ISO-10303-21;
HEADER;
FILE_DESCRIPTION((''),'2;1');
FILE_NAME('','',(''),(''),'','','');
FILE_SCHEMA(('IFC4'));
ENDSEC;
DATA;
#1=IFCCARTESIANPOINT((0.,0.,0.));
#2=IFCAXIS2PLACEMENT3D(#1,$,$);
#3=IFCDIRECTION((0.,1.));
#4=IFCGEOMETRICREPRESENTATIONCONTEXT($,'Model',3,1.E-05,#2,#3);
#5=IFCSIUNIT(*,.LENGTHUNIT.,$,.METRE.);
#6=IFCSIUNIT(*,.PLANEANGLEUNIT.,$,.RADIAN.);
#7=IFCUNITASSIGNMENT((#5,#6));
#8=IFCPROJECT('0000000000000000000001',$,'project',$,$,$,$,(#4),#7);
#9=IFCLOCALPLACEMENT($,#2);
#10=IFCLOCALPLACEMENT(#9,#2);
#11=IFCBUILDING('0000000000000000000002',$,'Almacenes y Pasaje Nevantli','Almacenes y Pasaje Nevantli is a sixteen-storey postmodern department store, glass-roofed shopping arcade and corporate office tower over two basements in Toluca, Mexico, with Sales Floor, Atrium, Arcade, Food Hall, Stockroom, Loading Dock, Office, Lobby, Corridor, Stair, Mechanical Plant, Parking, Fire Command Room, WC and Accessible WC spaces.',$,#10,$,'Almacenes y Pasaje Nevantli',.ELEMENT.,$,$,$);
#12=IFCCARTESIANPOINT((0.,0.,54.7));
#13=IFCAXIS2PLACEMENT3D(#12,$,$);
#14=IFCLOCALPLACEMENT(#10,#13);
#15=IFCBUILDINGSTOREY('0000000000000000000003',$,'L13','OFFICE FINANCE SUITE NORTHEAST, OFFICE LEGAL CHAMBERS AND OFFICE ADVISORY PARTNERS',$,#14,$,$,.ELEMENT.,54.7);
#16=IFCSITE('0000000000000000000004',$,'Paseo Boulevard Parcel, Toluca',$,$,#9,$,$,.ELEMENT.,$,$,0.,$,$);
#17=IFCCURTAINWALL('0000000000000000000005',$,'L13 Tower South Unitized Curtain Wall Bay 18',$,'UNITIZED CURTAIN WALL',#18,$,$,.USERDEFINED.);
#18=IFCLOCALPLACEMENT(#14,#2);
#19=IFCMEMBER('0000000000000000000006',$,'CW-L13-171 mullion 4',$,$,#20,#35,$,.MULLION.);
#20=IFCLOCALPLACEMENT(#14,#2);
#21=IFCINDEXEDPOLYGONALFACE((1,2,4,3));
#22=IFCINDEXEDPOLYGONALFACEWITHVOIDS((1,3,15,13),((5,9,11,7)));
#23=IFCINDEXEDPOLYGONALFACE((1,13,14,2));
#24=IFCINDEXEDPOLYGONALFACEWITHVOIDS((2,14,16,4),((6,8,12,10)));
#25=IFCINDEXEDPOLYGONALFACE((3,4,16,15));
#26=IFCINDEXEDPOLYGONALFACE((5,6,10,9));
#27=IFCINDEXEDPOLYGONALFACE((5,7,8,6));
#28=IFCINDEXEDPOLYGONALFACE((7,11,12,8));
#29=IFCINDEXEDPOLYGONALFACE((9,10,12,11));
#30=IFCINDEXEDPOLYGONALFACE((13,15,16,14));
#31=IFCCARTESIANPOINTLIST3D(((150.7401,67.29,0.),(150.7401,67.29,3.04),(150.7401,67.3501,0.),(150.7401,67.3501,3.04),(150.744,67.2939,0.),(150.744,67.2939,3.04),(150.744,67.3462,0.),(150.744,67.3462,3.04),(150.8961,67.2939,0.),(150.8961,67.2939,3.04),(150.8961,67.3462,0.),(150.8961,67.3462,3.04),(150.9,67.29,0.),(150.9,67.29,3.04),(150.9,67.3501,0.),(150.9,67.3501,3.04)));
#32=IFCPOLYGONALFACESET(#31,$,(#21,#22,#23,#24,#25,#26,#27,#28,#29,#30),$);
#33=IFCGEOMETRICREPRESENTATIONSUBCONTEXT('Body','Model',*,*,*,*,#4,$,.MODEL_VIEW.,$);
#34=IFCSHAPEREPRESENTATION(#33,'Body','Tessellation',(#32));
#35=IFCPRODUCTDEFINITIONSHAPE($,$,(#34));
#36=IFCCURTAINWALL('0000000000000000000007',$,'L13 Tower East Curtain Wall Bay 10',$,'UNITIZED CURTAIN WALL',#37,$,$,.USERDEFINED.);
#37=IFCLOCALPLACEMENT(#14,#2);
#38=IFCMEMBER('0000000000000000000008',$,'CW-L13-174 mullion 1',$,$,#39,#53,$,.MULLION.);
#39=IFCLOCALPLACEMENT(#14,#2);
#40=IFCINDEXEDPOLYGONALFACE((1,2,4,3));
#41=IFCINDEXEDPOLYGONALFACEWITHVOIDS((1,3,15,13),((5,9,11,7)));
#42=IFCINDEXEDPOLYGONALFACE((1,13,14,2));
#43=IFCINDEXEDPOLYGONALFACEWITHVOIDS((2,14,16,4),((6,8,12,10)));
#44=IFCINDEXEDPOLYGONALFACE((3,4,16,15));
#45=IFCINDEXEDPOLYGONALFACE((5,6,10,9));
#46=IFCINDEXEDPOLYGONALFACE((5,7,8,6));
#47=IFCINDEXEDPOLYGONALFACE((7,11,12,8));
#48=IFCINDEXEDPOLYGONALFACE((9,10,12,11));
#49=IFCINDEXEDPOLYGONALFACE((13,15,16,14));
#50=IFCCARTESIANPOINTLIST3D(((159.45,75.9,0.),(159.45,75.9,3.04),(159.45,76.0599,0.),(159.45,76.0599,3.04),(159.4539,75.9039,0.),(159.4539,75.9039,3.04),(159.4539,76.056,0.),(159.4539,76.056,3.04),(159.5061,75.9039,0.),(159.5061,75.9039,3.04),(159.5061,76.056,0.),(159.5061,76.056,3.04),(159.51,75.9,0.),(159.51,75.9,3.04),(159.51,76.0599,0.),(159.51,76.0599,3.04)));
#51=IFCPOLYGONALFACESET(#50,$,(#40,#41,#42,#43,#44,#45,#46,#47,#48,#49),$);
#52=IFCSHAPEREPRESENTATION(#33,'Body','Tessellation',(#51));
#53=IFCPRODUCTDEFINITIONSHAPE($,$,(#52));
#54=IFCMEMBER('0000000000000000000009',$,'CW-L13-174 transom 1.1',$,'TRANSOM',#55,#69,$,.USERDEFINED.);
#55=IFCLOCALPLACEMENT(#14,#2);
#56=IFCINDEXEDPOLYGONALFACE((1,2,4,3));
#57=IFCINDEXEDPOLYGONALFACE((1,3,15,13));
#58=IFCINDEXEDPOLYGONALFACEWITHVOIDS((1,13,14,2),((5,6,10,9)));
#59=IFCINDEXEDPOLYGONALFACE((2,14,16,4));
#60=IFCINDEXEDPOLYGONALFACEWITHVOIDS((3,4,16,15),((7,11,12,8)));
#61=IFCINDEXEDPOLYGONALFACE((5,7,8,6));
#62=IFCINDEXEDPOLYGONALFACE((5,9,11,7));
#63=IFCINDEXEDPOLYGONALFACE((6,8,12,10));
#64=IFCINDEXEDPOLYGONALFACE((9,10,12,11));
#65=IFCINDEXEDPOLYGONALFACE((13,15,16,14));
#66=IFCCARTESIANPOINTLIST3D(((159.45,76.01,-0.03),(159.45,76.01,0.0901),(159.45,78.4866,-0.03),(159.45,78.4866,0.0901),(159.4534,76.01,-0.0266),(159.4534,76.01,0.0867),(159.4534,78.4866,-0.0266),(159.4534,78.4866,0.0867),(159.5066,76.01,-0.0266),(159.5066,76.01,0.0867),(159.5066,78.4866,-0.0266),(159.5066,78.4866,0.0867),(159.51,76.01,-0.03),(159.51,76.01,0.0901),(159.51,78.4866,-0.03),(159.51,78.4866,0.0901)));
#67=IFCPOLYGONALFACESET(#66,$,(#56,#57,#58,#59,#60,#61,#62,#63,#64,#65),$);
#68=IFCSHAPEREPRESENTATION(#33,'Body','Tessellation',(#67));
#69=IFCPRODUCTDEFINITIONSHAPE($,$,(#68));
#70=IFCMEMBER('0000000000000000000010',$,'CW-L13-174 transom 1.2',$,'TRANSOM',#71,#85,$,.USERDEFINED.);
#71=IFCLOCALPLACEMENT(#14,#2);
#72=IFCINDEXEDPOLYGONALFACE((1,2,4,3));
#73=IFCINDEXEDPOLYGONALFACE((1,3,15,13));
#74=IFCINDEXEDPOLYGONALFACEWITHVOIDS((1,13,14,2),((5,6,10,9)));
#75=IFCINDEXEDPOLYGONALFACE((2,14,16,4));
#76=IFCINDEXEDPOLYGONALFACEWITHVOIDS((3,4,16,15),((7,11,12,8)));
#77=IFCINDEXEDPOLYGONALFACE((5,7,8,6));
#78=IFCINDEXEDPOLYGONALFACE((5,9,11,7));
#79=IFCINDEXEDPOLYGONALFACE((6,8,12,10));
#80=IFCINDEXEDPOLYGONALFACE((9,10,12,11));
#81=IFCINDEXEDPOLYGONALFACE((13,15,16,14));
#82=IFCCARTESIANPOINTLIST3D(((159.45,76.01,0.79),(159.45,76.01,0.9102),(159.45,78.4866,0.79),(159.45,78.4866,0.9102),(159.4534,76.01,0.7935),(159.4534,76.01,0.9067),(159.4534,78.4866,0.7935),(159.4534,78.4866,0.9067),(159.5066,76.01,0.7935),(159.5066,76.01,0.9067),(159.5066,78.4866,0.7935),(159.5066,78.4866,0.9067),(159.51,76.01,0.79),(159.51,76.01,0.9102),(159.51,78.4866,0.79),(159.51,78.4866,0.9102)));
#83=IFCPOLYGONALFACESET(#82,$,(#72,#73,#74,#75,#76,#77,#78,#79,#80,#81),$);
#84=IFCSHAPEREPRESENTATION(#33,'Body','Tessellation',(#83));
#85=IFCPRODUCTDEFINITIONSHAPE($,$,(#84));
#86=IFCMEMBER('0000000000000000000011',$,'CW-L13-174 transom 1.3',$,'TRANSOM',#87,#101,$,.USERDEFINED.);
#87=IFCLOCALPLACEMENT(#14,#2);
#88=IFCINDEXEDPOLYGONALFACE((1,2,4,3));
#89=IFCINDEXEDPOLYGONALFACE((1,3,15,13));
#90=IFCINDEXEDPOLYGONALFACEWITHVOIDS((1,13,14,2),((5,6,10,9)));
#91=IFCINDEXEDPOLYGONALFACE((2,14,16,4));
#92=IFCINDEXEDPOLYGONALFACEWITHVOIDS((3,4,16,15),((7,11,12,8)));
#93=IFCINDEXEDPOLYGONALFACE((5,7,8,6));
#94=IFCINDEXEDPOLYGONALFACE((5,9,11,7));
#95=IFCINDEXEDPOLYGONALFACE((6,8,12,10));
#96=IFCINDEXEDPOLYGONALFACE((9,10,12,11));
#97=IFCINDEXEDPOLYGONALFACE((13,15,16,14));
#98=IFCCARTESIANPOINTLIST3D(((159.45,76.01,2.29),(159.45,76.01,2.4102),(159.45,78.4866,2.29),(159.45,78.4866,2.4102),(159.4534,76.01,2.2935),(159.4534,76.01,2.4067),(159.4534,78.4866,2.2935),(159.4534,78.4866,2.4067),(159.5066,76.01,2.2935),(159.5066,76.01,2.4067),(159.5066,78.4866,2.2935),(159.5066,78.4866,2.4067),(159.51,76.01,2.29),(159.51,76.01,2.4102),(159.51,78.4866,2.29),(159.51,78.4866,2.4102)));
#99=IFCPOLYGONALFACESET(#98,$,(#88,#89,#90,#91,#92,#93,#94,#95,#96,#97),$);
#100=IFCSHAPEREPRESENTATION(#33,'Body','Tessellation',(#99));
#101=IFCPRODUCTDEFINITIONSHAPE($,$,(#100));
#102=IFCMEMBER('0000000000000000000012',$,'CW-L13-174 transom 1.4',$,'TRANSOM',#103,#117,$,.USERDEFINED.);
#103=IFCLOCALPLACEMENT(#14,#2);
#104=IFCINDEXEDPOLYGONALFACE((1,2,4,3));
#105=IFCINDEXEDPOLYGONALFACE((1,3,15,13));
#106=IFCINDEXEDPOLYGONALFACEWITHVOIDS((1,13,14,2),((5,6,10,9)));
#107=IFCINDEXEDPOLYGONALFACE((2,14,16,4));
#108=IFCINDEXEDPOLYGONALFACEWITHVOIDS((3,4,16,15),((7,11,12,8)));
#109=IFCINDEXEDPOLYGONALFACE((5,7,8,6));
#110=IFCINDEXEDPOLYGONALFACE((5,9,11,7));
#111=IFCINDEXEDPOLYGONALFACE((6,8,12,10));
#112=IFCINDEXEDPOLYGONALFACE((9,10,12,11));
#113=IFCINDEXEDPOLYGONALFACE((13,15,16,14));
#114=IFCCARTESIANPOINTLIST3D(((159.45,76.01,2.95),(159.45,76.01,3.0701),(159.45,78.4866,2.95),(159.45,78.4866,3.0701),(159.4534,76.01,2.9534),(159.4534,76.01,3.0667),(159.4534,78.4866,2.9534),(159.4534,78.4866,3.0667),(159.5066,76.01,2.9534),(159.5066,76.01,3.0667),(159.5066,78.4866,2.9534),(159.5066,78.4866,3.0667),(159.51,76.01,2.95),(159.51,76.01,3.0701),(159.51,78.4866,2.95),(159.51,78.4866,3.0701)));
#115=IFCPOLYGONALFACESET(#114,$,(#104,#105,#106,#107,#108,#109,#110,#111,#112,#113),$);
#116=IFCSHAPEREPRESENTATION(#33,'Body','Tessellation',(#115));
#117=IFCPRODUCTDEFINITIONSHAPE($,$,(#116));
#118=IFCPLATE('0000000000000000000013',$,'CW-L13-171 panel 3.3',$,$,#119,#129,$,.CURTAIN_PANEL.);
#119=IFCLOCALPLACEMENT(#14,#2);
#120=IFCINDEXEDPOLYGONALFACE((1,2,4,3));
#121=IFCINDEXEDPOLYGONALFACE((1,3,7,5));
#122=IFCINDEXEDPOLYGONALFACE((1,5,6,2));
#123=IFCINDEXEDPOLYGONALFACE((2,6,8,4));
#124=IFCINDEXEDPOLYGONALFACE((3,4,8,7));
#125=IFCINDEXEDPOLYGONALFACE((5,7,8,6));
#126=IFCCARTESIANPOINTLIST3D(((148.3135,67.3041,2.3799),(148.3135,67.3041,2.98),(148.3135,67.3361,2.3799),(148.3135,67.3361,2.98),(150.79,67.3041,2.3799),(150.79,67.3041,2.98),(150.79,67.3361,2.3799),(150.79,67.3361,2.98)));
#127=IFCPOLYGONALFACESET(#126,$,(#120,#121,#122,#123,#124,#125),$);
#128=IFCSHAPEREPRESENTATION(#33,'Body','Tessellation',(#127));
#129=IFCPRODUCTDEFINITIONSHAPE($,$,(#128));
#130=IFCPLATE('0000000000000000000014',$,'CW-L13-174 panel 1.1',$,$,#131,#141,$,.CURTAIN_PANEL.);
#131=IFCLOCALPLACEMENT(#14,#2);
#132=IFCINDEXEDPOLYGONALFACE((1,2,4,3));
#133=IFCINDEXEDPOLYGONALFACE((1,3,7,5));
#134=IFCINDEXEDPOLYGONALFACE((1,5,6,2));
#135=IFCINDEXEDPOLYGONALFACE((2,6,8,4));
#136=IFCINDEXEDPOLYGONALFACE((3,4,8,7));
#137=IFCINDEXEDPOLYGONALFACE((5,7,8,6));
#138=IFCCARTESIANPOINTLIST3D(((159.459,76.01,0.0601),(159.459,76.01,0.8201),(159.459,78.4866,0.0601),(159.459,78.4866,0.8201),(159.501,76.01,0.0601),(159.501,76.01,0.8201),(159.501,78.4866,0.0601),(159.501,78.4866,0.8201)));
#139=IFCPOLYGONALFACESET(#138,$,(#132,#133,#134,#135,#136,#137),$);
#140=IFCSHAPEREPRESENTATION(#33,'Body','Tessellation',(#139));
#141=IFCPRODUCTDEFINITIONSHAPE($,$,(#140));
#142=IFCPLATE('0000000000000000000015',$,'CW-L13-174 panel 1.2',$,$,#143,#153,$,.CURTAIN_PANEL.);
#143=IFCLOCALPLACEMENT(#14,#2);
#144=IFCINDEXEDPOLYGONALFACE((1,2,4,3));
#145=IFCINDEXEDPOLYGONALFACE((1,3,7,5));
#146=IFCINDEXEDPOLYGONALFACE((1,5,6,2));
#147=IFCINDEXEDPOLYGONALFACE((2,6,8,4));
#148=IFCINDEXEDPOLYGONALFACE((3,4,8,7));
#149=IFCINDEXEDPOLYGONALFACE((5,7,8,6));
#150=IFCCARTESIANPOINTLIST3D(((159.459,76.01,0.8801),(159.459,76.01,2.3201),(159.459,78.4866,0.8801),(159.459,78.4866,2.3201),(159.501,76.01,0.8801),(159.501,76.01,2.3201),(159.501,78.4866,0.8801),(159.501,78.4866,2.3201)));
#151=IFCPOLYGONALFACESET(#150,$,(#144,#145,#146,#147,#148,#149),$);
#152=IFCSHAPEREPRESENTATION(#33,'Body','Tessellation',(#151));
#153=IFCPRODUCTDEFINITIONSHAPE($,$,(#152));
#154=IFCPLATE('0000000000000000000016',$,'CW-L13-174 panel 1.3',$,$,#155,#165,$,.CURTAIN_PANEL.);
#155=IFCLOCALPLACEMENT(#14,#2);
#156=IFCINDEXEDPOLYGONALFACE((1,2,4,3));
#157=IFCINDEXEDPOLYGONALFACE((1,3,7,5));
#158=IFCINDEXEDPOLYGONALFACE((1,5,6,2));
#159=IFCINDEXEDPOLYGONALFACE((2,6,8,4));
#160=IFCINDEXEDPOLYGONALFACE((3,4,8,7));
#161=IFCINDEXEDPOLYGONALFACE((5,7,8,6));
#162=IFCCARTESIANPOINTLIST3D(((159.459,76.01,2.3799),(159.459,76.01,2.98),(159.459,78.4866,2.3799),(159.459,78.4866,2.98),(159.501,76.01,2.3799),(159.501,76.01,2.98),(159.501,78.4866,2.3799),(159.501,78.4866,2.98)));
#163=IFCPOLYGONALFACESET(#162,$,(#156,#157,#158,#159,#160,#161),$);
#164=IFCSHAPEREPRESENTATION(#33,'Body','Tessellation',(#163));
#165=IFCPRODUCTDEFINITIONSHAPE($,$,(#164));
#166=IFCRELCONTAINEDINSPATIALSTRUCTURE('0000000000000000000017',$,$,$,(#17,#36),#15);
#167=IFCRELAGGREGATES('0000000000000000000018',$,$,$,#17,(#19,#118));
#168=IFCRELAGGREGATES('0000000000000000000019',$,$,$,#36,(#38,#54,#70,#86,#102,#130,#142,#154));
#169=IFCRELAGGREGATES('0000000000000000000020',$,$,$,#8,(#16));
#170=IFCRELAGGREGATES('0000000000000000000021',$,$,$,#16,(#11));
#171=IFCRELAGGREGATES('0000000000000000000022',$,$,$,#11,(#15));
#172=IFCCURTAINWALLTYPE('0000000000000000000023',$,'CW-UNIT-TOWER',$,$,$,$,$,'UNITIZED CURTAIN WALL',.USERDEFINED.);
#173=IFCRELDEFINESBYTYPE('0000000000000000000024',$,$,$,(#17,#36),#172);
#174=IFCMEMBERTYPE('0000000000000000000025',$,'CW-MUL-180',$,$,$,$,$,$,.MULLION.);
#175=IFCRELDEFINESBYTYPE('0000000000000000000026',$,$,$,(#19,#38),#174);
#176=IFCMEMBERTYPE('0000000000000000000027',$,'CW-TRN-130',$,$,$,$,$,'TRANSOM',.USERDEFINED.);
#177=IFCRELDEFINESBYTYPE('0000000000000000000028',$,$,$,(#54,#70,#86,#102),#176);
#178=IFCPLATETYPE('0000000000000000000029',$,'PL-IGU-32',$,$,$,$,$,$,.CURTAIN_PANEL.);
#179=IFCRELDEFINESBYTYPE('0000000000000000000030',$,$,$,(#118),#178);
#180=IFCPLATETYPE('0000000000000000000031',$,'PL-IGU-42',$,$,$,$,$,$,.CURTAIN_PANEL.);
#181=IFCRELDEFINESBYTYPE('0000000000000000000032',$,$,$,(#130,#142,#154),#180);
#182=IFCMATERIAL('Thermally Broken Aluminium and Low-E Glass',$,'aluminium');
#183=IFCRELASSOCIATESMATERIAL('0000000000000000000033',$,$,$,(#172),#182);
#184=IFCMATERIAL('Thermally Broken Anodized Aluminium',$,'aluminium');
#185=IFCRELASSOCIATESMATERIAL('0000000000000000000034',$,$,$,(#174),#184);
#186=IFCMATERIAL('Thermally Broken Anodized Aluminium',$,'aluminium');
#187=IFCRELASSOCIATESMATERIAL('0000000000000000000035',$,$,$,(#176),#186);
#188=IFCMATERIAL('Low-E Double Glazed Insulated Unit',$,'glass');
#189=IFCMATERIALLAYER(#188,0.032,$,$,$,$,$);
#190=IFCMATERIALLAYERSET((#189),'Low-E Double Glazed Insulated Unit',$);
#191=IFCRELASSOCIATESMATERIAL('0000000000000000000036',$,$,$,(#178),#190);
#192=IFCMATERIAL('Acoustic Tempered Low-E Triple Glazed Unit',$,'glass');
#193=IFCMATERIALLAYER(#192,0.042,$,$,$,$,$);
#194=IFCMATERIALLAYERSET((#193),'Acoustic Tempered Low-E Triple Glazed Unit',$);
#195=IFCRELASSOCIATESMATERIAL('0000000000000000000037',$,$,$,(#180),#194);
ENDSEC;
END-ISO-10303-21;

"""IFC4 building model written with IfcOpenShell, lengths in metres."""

from ifc_helpers import new_model, si_unit, direction, frame, origin, origin_2d, place, context, subcontext, project, spatial, rectangle, hollow_rectangle, extrude, material, layer, layer_set, material_profile, profile_set, type_object, element, aggregate, save


model = new_model("IFC4")

# Units and contexts
model_context = context("Model", 3, precision=1e-05, world=origin(), true_north=direction((0.0, 1.0)))
body_context = subcontext(model_context, "Body", "Model", "MODEL_VIEW")
ifc_project = project(units=[si_unit("LENGTHUNIT", "METRE"), si_unit("PLANEANGLEUNIT", "RADIAN")], contexts=[model_context])

# Site, building, storey
site_placement = place(None, origin())
site = spatial("IfcSite", under=ifc_project, at=site_placement, Name="Paseo Boulevard Parcel, Toluca", CompositionType="ELEMENT", RefElevation=0.0)
building_placement = place(site_placement, origin())
building = spatial("IfcBuilding", under=site, at=building_placement, Name="Almacenes y Pasaje Nevantli", Description="Almacenes y Pasaje Nevantli is a sixteen-storey postmodern department store, glass-roofed shopping arcade and corporate office tower over two basements in Toluca, Mexico, with Sales Floor, Atrium, Arcade, Food Hall, Stockroom, Loading Dock, Office, Lobby, Corridor, Stair, Mechanical Plant, Parking, Fire Command Room, WC and Accessible WC spaces.", LongName="Almacenes y Pasaje Nevantli", CompositionType="ELEMENT")
storey_placement = place(building_placement, frame((0.0, 0.0, 54.7)))
storey = spatial("IfcBuildingStorey", under=building, at=storey_placement, Name="L13", Description="OFFICE FINANCE SUITE NORTHEAST, OFFICE LEGAL CHAMBERS AND OFFICE ADVISORY PARTNERS", CompositionType="ELEMENT", Elevation=54.7)

# Curtain wall, member
ifc_material_1 = material(Name="Thermally Broken Aluminium and Low-E Glass", Category="aluminium")
curtain_wall_type = type_object("IfcCurtainWallType", Name="CW-UNIT-TOWER", ElementType="UNITIZED CURTAIN WALL", PredefinedType="USERDEFINED", material=ifc_material_1)
curtain_wall_1_placement = place(storey_placement, origin())
curtain_wall_1 = element("IfcCurtainWall", 1, at=curtain_wall_1_placement, inside=storey, type_object=curtain_wall_type, Name="L13 Tower South Unitized Curtain Wall Bay 18", ObjectType="UNITIZED CURTAIN WALL", PredefinedType="USERDEFINED")
ifc_material_2 = material(Name="Thermally Broken Anodized Aluminium", Category="aluminium")
ifc_material_profile_1 = material_profile(ifc_material_2, hollow_rectangle(XDim=0.0601, YDim=0.1599, WallThickness=0.0039, at=origin_2d()), Name="ALU-MUL-60x160")
ifc_profile_set_1 = profile_set([ifc_material_profile_1], Name="Thermally Broken Anodized Aluminium")
member_type_1 = type_object("IfcMemberType", Name="CW-MUL-180", PredefinedType="MULLION", material=ifc_profile_set_1)
member_1_placement = place(storey_placement, frame((150.8201, 67.3201, 0.0), z_axis=(0.0, 0.0, 1.0), x_axis=(0.0, 1.0, 0.0)))
member_1 = element("IfcMember", 2, at=member_1_placement, type_object=member_type_1, Name="CW-L13-171 mullion 4", PredefinedType="MULLION", context=body_context, shape_type="SweptSolid", body=[
    extrude(hollow_rectangle(XDim=0.0601, YDim=0.1599, WallThickness=0.0039, at=origin_2d()), origin(), (0.0, 0.0, 1.0), 3.04),
])

# Curtain wall, members
curtain_wall_2_placement = place(storey_placement, origin())
curtain_wall_2 = element("IfcCurtainWall", 3, at=curtain_wall_2_placement, inside=storey, type_object=curtain_wall_type, Name="L13 Tower East Curtain Wall Bay 10", ObjectType="UNITIZED CURTAIN WALL", PredefinedType="USERDEFINED")
member_2_placement = place(storey_placement, frame((159.48, 75.98, 0.0), z_axis=(0.0, 0.0, 1.0), x_axis=(-1.0, 0.0, 0.0)))
member_2 = element("IfcMember", 4, at=member_2_placement, type_object=member_type_1, Name="CW-L13-174 mullion 1", PredefinedType="MULLION", context=body_context, shape_type="SweptSolid", body=[
    extrude(hollow_rectangle(XDim=0.0601, YDim=0.1599, WallThickness=0.0039, at=origin_2d()), origin(), (0.0, 0.0, 1.0), 3.04),
])
ifc_material_3 = material(Name="Thermally Broken Anodized Aluminium", Category="aluminium")
ifc_material_profile_2 = material_profile(ifc_material_3, hollow_rectangle(XDim=0.0601, YDim=0.1201, WallThickness=0.0034, at=origin_2d()), Name="ALU-TRN-60x120")
ifc_profile_set_2 = profile_set([ifc_material_profile_2], Name="Thermally Broken Anodized Aluminium")
member_type_2 = type_object("IfcMemberType", Name="CW-TRN-130", ElementType="TRANSOM", PredefinedType="USERDEFINED", material=ifc_profile_set_2)
member_3_placement = place(storey_placement, frame((159.48, 76.01, 0.03), z_axis=(0.0, 1.0, 0.0), x_axis=(-1.0, 0.0, 0.0)))
member_3 = element("IfcMember", 5, at=member_3_placement, type_object=member_type_2, Name="CW-L13-174 transom 1.1", ObjectType="TRANSOM", PredefinedType="USERDEFINED", context=body_context, shape_type="SweptSolid", body=[
    extrude(hollow_rectangle(XDim=0.0601, YDim=0.1201, WallThickness=0.0034, at=origin_2d()), origin(), (0.0, 0.0, 1.0), 2.4766),
])
member_4_placement = place(storey_placement, frame((159.48, 76.01, 0.8501), z_axis=(0.0, 1.0, 0.0), x_axis=(-1.0, 0.0, 0.0)))
member_4 = element("IfcMember", 6, at=member_4_placement, type_object=member_type_2, Name="CW-L13-174 transom 1.2", ObjectType="TRANSOM", PredefinedType="USERDEFINED", context=body_context, shape_type="SweptSolid", body=[
    extrude(hollow_rectangle(XDim=0.0601, YDim=0.1201, WallThickness=0.0034, at=origin_2d()), origin(), (0.0, 0.0, 1.0), 2.4766),
])
member_5_placement = place(storey_placement, frame((159.48, 76.01, 2.3501), z_axis=(0.0, 1.0, 0.0), x_axis=(-1.0, 0.0, 0.0)))
member_5 = element("IfcMember", 7, at=member_5_placement, type_object=member_type_2, Name="CW-L13-174 transom 1.3", ObjectType="TRANSOM", PredefinedType="USERDEFINED", context=body_context, shape_type="SweptSolid", body=[
    extrude(hollow_rectangle(XDim=0.0601, YDim=0.1201, WallThickness=0.0034, at=origin_2d()), origin(), (0.0, 0.0, 1.0), 2.4766),
])
member_6_placement = place(storey_placement, frame((159.48, 76.01, 3.01), z_axis=(0.0, 1.0, 0.0), x_axis=(-1.0, 0.0, 0.0)))
member_6 = element("IfcMember", 8, at=member_6_placement, type_object=member_type_2, Name="CW-L13-174 transom 1.4", ObjectType="TRANSOM", PredefinedType="USERDEFINED", context=body_context, shape_type="SweptSolid", body=[
    extrude(hollow_rectangle(XDim=0.0601, YDim=0.1201, WallThickness=0.0034, at=origin_2d()), origin(), (0.0, 0.0, 1.0), 2.4766),
])

# Plates
ifc_material_4 = material(Name="Low-E Double Glazed Insulated Unit", Category="glass")
ifc_layer_1 = layer(ifc_material_4, 0.032)
ifc_layer_set_1 = layer_set([ifc_layer_1], Name="Low-E Double Glazed Insulated Unit")
plate_type_1 = type_object("IfcPlateType", Name="PL-IGU-32", PredefinedType="CURTAIN_PANEL", material=ifc_layer_set_1)
plate_1_placement = place(storey_placement, frame((149.5518, 67.3201, 2.3799), z_axis=(0.0, 0.0, 1.0), x_axis=(1.0, 0.0, 0.0)))
plate_1 = element("IfcPlate", 9, at=plate_1_placement, type_object=plate_type_1, Name="CW-L13-171 panel 3.3", PredefinedType="CURTAIN_PANEL", context=body_context, shape_type="SweptSolid", body=[
    extrude(rectangle(XDim=2.4766, YDim=0.032, at=origin_2d()), origin(), (0.0, 0.0, 1.0), 0.6001),
])
aggregate(curtain_wall_1, [member_1, plate_1])
ifc_material_5 = material(Name="Acoustic Tempered Low-E Triple Glazed Unit", Category="glass")
ifc_layer_2 = layer(ifc_material_5, 0.042)
ifc_layer_set_2 = layer_set([ifc_layer_2], Name="Acoustic Tempered Low-E Triple Glazed Unit")
plate_type_2 = type_object("IfcPlateType", Name="PL-IGU-42", PredefinedType="CURTAIN_PANEL", material=ifc_layer_set_2)
plate_2_placement = place(storey_placement, frame((159.48, 77.2483, 0.0601), z_axis=(0.0, 0.0, 1.0), x_axis=(0.0, 1.0, 0.0)))
plate_2 = element("IfcPlate", 10, at=plate_2_placement, type_object=plate_type_2, Name="CW-L13-174 panel 1.1", PredefinedType="CURTAIN_PANEL", context=body_context, shape_type="SweptSolid", body=[
    extrude(rectangle(XDim=2.4766, YDim=0.042, at=origin_2d()), origin(), (0.0, 0.0, 1.0), 0.76),
])
plate_3_placement = place(storey_placement, frame((159.48, 77.2483, 0.8801), z_axis=(0.0, 0.0, 1.0), x_axis=(0.0, 1.0, 0.0)))
plate_3 = element("IfcPlate", 11, at=plate_3_placement, type_object=plate_type_2, Name="CW-L13-174 panel 1.2", PredefinedType="CURTAIN_PANEL", context=body_context, shape_type="SweptSolid", body=[
    extrude(rectangle(XDim=2.4766, YDim=0.042, at=origin_2d()), origin(), (0.0, 0.0, 1.0), 1.4399),
])
plate_4_placement = place(storey_placement, frame((159.48, 77.2483, 2.3799), z_axis=(0.0, 0.0, 1.0), x_axis=(0.0, 1.0, 0.0)))
plate_4 = element("IfcPlate", 12, at=plate_4_placement, type_object=plate_type_2, Name="CW-L13-174 panel 1.3", PredefinedType="CURTAIN_PANEL", context=body_context, shape_type="SweptSolid", body=[
    extrude(rectangle(XDim=2.4766, YDim=0.042, at=origin_2d()), origin(), (0.0, 0.0, 1.0), 0.6001),
])
aggregate(curtain_wall_2, [member_2, member_3, member_4, member_5, member_6, plate_2, plate_3, plate_4])

save(model, "model.ifc")
